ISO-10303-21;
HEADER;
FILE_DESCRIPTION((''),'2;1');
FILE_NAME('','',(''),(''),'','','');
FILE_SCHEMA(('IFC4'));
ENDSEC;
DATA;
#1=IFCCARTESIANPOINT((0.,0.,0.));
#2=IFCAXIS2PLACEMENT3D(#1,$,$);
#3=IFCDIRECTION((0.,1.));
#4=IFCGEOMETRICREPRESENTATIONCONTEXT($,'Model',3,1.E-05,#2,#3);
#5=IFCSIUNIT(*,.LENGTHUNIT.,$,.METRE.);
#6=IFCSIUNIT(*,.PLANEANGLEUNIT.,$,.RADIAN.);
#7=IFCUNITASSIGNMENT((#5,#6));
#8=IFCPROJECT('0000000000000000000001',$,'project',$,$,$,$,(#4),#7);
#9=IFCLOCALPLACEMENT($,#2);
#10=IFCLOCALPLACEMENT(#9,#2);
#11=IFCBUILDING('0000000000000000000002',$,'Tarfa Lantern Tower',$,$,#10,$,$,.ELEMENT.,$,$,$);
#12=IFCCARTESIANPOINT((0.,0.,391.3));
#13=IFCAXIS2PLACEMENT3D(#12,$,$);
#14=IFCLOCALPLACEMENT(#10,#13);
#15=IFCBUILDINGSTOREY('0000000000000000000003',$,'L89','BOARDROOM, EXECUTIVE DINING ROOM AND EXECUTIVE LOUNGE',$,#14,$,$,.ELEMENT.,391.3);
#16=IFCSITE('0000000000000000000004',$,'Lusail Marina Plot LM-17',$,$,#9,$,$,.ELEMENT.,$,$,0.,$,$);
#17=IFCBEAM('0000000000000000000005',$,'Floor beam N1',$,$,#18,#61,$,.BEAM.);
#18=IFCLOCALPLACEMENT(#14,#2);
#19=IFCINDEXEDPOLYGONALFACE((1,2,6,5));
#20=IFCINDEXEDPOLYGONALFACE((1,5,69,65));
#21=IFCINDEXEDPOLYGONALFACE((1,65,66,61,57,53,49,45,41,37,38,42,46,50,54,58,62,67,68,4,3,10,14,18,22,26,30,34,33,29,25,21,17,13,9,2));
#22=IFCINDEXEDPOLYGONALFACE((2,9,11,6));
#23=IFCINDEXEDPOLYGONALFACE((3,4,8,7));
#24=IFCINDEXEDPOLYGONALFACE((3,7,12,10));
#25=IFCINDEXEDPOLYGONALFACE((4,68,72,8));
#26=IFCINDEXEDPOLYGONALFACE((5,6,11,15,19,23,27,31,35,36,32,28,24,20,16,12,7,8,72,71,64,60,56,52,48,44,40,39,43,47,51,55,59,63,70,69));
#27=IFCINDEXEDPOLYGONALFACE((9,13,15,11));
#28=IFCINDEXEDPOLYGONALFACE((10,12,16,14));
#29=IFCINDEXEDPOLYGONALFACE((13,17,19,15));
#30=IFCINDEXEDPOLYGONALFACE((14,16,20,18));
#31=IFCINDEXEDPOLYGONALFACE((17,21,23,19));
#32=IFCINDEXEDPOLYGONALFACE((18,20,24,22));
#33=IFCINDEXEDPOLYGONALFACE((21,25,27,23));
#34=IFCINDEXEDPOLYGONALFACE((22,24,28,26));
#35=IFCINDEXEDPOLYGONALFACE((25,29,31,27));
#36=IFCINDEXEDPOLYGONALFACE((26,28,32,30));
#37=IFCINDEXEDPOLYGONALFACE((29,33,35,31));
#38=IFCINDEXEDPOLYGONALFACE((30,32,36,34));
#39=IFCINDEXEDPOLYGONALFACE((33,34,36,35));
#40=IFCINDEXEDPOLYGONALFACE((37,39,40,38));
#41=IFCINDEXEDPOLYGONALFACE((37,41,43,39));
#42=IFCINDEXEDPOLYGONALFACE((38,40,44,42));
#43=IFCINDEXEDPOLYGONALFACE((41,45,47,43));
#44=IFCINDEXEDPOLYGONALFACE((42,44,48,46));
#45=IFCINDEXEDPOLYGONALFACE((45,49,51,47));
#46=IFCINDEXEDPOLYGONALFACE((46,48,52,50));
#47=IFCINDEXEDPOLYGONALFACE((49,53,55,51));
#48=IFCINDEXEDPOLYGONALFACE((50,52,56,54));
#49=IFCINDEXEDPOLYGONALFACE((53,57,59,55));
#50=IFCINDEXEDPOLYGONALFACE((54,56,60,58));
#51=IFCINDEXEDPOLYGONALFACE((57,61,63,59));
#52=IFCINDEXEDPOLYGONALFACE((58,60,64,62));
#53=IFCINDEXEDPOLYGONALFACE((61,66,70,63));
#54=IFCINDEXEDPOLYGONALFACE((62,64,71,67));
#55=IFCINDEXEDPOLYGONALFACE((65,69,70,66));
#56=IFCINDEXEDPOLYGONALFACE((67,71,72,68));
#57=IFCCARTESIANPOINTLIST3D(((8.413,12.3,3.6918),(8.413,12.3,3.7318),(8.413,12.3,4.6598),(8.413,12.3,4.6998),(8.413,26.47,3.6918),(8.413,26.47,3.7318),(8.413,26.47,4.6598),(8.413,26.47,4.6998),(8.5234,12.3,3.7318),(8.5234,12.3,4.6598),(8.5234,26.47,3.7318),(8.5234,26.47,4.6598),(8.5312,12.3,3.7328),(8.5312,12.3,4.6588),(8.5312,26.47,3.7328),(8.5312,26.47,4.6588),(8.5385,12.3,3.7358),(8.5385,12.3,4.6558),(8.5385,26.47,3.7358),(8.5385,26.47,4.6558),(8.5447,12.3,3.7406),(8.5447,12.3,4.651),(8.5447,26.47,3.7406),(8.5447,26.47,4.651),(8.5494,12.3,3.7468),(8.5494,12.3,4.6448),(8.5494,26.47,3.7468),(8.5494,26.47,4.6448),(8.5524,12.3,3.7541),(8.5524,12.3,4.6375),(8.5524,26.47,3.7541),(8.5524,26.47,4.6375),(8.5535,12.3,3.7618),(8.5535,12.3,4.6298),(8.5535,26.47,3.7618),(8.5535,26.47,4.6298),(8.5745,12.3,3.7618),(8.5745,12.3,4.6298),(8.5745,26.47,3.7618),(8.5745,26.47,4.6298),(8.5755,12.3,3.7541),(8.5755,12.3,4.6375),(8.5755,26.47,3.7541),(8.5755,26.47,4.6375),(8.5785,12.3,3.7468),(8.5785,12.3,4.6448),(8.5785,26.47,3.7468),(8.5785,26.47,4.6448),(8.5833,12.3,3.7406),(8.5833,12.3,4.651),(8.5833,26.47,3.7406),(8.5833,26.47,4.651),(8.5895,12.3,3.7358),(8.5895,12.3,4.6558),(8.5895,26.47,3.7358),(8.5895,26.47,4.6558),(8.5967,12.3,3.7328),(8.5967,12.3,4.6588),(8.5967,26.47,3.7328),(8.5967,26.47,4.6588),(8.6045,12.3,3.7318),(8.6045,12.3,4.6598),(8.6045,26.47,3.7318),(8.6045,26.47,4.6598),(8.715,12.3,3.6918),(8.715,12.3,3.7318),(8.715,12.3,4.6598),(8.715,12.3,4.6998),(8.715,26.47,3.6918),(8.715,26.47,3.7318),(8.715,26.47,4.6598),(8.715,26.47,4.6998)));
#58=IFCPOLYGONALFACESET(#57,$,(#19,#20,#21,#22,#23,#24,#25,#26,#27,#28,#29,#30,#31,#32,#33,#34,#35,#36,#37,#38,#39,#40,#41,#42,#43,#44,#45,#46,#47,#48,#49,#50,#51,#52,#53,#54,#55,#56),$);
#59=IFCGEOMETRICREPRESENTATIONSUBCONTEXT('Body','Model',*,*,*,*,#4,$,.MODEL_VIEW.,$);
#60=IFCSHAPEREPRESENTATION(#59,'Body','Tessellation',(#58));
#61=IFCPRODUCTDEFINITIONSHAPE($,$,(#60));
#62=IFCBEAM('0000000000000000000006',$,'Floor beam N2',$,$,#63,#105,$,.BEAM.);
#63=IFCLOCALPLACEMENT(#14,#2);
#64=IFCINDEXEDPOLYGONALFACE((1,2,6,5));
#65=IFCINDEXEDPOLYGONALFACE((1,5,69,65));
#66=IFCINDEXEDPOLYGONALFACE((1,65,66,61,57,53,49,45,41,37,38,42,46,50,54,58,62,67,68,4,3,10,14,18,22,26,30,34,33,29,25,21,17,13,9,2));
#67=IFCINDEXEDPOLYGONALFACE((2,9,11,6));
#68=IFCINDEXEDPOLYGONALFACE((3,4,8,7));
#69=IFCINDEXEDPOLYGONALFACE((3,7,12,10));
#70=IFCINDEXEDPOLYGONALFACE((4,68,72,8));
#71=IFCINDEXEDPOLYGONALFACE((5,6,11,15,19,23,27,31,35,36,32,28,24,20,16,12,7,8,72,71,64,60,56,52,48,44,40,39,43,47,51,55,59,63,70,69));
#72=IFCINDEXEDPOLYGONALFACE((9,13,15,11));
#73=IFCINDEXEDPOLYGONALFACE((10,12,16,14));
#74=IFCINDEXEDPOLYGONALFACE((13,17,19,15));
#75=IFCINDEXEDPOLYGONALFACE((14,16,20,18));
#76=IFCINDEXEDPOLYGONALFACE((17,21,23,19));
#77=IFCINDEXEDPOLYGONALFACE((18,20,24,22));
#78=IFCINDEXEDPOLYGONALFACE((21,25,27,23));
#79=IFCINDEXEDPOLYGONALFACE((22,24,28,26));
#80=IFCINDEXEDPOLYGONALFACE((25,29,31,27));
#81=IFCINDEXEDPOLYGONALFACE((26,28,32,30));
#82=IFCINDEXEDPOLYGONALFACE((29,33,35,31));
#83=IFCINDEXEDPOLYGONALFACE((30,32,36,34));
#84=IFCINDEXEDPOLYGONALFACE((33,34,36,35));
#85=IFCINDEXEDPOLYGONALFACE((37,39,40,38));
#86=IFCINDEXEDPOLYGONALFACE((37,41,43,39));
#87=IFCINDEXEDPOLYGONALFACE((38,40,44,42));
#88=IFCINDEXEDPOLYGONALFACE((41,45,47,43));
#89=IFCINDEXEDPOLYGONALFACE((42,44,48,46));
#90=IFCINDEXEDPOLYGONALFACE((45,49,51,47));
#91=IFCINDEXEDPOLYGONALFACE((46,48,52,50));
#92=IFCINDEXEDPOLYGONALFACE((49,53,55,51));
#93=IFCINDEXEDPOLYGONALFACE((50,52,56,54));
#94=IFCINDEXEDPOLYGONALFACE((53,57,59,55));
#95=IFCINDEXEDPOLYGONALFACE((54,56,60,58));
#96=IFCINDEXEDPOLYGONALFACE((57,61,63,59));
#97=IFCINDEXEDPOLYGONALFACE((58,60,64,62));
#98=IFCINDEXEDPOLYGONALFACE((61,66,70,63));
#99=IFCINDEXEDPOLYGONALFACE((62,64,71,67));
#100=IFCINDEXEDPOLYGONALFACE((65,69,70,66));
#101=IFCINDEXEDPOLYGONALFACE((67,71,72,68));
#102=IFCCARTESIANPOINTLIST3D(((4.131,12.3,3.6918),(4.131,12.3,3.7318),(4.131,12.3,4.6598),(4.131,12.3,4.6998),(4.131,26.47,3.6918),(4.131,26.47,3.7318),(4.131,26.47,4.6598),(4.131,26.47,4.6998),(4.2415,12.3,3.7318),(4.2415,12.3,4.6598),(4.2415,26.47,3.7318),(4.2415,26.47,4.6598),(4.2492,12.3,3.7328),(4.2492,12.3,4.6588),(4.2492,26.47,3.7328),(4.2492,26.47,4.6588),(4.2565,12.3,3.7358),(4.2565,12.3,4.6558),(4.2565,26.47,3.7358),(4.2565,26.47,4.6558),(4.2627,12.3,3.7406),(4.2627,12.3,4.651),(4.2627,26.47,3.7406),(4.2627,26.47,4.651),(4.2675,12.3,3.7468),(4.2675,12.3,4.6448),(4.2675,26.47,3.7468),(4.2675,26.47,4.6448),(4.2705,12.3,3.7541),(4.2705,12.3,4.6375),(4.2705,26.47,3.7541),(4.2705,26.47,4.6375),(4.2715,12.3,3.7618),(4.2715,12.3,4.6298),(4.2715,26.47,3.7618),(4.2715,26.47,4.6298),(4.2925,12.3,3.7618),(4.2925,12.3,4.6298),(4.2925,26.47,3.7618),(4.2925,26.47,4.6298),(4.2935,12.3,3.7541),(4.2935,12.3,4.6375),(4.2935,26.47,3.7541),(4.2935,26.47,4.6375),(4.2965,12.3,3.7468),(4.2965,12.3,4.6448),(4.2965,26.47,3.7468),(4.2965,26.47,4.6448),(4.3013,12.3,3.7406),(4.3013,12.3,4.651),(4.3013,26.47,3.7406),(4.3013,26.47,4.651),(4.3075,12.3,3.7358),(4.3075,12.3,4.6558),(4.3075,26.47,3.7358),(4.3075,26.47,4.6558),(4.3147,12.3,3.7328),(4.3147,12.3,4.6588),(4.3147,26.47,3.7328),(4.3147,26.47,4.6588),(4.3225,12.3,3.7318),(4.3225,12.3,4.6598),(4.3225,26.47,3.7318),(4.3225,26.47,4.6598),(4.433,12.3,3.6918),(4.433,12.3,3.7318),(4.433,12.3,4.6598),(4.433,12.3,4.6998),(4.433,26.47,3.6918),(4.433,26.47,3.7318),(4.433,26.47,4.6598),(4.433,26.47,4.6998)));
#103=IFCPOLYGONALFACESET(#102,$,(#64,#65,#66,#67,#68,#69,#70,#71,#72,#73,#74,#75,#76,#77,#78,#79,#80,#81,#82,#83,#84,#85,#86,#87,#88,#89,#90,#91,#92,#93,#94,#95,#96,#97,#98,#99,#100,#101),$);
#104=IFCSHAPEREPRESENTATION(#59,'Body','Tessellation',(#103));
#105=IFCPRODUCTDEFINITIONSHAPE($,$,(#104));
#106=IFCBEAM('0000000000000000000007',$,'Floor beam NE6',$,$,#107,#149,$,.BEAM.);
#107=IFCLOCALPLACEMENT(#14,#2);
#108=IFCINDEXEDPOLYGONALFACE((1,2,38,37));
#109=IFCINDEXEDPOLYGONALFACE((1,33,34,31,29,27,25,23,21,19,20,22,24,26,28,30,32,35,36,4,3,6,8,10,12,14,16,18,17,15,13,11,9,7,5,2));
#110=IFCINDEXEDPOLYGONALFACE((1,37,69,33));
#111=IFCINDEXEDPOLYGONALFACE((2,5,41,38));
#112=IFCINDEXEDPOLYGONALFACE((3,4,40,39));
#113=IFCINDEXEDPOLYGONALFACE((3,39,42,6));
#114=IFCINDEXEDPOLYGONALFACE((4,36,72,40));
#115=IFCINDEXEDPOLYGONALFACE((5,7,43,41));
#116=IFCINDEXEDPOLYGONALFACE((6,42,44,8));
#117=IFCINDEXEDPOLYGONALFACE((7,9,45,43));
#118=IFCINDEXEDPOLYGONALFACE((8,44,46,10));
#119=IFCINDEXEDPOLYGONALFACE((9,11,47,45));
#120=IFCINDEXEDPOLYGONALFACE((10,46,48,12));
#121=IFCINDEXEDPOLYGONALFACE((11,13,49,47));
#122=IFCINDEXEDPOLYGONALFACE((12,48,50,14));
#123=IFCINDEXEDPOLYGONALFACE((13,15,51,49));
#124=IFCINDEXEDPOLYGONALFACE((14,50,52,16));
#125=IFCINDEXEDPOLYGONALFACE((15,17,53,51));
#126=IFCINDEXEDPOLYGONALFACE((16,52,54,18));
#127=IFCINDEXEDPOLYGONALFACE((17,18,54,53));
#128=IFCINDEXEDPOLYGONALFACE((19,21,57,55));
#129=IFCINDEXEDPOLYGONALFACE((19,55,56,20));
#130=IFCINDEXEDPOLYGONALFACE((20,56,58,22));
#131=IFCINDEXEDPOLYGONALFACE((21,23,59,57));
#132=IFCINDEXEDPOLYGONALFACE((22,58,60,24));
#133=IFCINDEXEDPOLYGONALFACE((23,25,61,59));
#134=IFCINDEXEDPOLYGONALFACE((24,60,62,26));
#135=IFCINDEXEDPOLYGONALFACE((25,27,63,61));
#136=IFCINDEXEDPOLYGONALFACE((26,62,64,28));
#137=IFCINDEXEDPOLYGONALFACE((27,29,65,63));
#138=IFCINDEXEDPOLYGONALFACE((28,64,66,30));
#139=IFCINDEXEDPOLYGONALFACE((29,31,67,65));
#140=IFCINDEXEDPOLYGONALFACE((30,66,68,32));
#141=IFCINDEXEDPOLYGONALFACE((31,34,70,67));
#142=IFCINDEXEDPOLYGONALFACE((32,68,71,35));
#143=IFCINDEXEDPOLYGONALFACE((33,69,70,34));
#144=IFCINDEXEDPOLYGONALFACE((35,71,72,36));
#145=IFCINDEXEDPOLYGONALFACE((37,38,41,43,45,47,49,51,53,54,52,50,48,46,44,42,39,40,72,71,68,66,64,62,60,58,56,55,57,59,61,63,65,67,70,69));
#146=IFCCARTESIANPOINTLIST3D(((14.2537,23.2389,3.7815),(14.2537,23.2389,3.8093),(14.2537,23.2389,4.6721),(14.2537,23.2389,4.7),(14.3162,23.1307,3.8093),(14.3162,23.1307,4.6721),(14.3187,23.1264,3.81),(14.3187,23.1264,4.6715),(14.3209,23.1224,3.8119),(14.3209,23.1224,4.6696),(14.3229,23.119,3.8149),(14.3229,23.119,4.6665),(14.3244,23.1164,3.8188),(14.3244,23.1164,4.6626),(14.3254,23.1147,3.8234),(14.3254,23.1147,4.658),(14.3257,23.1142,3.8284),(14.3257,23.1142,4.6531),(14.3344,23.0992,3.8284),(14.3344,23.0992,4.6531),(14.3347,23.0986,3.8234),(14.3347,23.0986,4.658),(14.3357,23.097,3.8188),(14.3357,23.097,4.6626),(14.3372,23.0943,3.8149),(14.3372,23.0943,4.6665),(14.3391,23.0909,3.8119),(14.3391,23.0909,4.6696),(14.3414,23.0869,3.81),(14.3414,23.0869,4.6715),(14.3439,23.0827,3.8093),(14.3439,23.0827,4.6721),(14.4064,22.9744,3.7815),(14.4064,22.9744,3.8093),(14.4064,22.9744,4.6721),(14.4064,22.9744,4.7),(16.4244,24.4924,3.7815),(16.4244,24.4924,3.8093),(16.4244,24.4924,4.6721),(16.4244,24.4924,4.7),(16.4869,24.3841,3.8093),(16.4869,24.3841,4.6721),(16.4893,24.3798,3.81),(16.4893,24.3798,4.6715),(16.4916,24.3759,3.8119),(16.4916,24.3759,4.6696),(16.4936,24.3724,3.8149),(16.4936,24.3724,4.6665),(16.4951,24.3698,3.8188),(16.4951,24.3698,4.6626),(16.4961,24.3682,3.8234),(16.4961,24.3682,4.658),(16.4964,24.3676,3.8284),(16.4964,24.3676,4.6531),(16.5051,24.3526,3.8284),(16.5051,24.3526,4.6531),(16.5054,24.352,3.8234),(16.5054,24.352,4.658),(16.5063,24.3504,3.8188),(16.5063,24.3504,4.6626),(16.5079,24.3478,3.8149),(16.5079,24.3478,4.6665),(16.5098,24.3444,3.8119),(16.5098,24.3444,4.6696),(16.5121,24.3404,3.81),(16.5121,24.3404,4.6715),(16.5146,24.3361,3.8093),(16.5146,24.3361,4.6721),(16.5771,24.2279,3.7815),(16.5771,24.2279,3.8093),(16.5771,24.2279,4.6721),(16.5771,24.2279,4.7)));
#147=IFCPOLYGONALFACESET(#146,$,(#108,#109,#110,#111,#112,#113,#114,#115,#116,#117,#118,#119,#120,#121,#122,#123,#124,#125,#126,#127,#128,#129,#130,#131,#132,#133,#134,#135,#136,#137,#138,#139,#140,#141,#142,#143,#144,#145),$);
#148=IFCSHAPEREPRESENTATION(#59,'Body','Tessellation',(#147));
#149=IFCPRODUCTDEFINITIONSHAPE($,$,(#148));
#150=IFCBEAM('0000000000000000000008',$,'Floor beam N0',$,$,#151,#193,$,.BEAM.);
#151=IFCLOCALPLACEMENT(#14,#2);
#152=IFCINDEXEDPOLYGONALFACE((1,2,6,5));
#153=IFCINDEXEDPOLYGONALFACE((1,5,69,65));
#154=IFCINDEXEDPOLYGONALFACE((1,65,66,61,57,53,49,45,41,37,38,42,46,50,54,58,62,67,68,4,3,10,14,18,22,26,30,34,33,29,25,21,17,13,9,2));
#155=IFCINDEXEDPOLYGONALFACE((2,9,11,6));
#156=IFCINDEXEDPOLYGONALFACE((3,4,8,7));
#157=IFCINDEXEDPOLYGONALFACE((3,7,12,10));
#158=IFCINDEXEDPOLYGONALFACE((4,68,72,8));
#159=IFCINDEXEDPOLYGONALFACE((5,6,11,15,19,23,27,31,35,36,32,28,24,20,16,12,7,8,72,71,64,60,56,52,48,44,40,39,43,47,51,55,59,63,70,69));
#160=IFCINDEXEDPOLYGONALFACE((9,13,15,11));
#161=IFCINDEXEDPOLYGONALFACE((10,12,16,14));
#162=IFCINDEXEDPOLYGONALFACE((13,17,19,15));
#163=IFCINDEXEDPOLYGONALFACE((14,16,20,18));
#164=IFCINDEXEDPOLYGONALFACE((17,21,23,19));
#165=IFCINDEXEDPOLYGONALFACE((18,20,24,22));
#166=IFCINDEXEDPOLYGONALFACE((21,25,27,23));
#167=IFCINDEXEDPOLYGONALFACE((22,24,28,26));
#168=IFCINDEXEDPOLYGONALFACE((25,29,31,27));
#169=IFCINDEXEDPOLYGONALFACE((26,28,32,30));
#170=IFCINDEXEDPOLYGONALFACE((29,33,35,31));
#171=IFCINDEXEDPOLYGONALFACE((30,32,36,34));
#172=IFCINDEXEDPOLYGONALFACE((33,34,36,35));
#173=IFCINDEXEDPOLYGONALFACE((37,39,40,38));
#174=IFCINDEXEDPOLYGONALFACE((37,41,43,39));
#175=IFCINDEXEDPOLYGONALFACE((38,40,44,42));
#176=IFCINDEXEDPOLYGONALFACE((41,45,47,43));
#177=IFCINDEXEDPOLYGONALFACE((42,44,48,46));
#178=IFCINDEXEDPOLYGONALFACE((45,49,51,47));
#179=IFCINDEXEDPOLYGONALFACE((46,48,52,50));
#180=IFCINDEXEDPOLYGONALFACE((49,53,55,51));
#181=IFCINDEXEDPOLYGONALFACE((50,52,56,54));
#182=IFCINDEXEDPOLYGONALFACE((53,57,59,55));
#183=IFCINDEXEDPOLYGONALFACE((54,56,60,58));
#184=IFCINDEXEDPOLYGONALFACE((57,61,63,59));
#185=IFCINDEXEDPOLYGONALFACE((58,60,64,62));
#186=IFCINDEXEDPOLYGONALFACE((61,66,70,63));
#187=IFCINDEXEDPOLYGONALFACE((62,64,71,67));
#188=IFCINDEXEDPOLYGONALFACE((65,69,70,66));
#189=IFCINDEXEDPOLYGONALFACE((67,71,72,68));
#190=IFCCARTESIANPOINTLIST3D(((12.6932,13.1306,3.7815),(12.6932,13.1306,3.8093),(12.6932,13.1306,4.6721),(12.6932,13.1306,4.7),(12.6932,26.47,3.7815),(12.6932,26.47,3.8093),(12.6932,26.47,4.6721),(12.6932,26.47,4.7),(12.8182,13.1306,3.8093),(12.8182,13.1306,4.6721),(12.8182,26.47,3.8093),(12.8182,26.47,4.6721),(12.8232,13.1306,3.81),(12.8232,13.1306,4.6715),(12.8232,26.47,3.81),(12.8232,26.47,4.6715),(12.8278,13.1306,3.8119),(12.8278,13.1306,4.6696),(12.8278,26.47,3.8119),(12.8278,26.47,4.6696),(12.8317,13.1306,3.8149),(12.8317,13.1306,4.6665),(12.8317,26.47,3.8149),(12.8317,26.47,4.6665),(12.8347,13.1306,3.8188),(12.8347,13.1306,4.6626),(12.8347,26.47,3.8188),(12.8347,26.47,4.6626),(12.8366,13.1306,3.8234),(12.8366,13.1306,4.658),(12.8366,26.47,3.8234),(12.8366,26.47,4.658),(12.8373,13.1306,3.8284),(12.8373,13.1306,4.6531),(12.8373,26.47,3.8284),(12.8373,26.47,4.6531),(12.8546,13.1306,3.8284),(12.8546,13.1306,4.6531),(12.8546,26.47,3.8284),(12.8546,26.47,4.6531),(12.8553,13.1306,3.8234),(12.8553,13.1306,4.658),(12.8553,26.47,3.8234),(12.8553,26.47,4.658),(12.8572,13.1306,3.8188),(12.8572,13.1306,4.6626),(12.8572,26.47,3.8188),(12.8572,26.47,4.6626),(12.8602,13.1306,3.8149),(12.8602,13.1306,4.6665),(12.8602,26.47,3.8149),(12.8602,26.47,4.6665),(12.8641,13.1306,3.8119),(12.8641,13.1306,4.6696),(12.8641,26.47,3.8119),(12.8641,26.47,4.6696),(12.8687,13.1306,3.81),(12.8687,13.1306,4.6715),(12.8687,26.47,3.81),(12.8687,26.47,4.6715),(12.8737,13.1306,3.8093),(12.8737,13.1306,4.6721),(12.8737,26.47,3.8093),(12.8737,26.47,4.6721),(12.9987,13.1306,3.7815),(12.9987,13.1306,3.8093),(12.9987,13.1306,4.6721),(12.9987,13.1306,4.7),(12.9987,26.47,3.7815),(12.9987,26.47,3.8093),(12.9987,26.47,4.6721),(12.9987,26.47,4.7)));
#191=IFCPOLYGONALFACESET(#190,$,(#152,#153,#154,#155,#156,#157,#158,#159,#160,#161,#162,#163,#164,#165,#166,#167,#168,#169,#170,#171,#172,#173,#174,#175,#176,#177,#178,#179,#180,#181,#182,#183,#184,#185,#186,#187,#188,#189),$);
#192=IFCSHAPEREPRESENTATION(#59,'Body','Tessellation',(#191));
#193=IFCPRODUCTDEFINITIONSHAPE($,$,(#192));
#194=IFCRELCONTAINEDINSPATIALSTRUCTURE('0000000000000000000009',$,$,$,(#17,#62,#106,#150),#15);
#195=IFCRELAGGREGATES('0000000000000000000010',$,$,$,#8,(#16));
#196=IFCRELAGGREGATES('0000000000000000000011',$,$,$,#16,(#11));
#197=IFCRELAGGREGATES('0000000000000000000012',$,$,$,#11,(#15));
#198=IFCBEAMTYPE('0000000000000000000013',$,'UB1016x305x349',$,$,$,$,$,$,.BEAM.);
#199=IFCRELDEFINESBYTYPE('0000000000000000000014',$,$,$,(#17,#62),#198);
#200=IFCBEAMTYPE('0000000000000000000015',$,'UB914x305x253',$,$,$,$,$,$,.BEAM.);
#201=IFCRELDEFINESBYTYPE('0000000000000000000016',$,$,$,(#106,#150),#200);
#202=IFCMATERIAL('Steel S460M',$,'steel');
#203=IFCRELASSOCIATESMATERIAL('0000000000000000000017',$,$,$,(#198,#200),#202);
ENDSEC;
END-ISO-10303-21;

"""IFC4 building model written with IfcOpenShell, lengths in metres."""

from ifc_helpers import new_model, si_unit, direction, frame, origin, origin_2d, place, context, subcontext, project, spatial, i_section, extrude, material, material_profile, profile_set, type_object, element, save


model = new_model("IFC4")

# Units and contexts
model_context = context("Model", 3, precision=1e-05, world=origin(), true_north=direction((0.0, 1.0)))
body_context = subcontext(model_context, "Body", "Model", "MODEL_VIEW")
ifc_project = project(units=[si_unit("LENGTHUNIT", "METRE"), si_unit("PLANEANGLEUNIT", "RADIAN")], contexts=[model_context])

# Site, building, storey
site_placement = place(None, origin())
site = spatial("IfcSite", under=ifc_project, at=site_placement, Name="Lusail Marina Plot LM-17", CompositionType="ELEMENT", RefElevation=0.0)
building_placement = place(site_placement, origin())
building = spatial("IfcBuilding", under=site, at=building_placement, Name="Tarfa Lantern Tower", CompositionType="ELEMENT")
storey_placement = place(building_placement, frame((0.0, 0.0, 391.3)))
storey = spatial("IfcBuildingStorey", under=building, at=storey_placement, Name="L89", Description="BOARDROOM, EXECUTIVE DINING ROOM AND EXECUTIVE LOUNGE", CompositionType="ELEMENT", Elevation=391.3)

# Beams
ifc_material_1 = material(Name="Steel S460M", Category="steel")
ifc_material_profile_1 = material_profile(ifc_material_1, i_section(OverallWidth=0.302, OverallDepth=1.0081, WebThickness=0.021, FlangeThickness=0.04, FilletRadius=0.03, at=origin_2d()), Name="UB1016x305x349")
ifc_profile_set_1 = profile_set([ifc_material_profile_1], Name="Steel S460M")
beam_type_1 = type_object("IfcBeamType", Name="UB1016x305x349", PredefinedType="BEAM", material=ifc_profile_set_1)
for number, where, z_axis, x_axis, name in (
    (1, (8.564, 26.47, 4.1958), (0.0, -1.0, 0.0), (1.0, 0.0, 0.0), "Floor beam N1"),
    (2, (4.282, 26.47, 4.1958), (0.0, -1.0, 0.0), (1.0, 0.0, 0.0), "Floor beam N2"),
):
    element("IfcBeam", number, at=place(storey_placement, frame(where, z_axis=z_axis, x_axis=x_axis)), inside=storey, type_object=beam_type_1, Name=name, PredefinedType="BEAM", context=body_context, shape_type="SweptSolid", body=[
        extrude(i_section(OverallWidth=0.302, OverallDepth=1.0081, WebThickness=0.021, FlangeThickness=0.04, FilletRadius=0.03, at=origin_2d()), origin(), (0.0, 0.0, 1.0), 14.1699),
    ])
ifc_material_profile_2 = material_profile(ifc_material_1, i_section(OverallWidth=0.3054, OverallDepth=0.9185, WebThickness=0.0173, FlangeThickness=0.0278, FilletRadius=0.019, at=origin_2d()), Name="UB914x305x253")
ifc_profile_set_2 = profile_set([ifc_material_profile_2], Name="Steel S460M")
beam_type_2 = type_object("IfcBeamType", Name="UB914x305x253", PredefinedType="BEAM", material=ifc_profile_set_2)
beam_1_placement = place(storey_placement, frame((16.5007, 24.3601, 4.2407), z_axis=(-0.865993, -0.500057, 0.0), x_axis=(0.500057, -0.865993, 0.0)))
element("IfcBeam", 3, at=beam_1_placement, inside=storey, type_object=beam_type_2, Name="Floor beam NE6", PredefinedType="BEAM", context=body_context, shape_type="SweptSolid", body=[
    extrude(i_section(OverallWidth=0.3054, OverallDepth=0.9185, WebThickness=0.0173, FlangeThickness=0.0278, FilletRadius=0.019, at=origin_2d()), origin(), (0.0, 0.0, 1.0), 2.5066),
])
beam_2_placement = place(storey_placement, frame((12.8459, 26.47, 4.2407), z_axis=(0.0, -1.0, 0.0), x_axis=(1.0, 0.0, 0.0)))
element("IfcBeam", 4, at=beam_2_placement, inside=storey, type_object=beam_type_2, Name="Floor beam N0", PredefinedType="BEAM", context=body_context, shape_type="SweptSolid", body=[
    extrude(i_section(OverallWidth=0.3054, OverallDepth=0.9185, WebThickness=0.0173, FlangeThickness=0.0278, FilletRadius=0.019, at=origin_2d()), origin(), (0.0, 0.0, 1.0), 13.3394),
])

save(model, "model.ifc")
